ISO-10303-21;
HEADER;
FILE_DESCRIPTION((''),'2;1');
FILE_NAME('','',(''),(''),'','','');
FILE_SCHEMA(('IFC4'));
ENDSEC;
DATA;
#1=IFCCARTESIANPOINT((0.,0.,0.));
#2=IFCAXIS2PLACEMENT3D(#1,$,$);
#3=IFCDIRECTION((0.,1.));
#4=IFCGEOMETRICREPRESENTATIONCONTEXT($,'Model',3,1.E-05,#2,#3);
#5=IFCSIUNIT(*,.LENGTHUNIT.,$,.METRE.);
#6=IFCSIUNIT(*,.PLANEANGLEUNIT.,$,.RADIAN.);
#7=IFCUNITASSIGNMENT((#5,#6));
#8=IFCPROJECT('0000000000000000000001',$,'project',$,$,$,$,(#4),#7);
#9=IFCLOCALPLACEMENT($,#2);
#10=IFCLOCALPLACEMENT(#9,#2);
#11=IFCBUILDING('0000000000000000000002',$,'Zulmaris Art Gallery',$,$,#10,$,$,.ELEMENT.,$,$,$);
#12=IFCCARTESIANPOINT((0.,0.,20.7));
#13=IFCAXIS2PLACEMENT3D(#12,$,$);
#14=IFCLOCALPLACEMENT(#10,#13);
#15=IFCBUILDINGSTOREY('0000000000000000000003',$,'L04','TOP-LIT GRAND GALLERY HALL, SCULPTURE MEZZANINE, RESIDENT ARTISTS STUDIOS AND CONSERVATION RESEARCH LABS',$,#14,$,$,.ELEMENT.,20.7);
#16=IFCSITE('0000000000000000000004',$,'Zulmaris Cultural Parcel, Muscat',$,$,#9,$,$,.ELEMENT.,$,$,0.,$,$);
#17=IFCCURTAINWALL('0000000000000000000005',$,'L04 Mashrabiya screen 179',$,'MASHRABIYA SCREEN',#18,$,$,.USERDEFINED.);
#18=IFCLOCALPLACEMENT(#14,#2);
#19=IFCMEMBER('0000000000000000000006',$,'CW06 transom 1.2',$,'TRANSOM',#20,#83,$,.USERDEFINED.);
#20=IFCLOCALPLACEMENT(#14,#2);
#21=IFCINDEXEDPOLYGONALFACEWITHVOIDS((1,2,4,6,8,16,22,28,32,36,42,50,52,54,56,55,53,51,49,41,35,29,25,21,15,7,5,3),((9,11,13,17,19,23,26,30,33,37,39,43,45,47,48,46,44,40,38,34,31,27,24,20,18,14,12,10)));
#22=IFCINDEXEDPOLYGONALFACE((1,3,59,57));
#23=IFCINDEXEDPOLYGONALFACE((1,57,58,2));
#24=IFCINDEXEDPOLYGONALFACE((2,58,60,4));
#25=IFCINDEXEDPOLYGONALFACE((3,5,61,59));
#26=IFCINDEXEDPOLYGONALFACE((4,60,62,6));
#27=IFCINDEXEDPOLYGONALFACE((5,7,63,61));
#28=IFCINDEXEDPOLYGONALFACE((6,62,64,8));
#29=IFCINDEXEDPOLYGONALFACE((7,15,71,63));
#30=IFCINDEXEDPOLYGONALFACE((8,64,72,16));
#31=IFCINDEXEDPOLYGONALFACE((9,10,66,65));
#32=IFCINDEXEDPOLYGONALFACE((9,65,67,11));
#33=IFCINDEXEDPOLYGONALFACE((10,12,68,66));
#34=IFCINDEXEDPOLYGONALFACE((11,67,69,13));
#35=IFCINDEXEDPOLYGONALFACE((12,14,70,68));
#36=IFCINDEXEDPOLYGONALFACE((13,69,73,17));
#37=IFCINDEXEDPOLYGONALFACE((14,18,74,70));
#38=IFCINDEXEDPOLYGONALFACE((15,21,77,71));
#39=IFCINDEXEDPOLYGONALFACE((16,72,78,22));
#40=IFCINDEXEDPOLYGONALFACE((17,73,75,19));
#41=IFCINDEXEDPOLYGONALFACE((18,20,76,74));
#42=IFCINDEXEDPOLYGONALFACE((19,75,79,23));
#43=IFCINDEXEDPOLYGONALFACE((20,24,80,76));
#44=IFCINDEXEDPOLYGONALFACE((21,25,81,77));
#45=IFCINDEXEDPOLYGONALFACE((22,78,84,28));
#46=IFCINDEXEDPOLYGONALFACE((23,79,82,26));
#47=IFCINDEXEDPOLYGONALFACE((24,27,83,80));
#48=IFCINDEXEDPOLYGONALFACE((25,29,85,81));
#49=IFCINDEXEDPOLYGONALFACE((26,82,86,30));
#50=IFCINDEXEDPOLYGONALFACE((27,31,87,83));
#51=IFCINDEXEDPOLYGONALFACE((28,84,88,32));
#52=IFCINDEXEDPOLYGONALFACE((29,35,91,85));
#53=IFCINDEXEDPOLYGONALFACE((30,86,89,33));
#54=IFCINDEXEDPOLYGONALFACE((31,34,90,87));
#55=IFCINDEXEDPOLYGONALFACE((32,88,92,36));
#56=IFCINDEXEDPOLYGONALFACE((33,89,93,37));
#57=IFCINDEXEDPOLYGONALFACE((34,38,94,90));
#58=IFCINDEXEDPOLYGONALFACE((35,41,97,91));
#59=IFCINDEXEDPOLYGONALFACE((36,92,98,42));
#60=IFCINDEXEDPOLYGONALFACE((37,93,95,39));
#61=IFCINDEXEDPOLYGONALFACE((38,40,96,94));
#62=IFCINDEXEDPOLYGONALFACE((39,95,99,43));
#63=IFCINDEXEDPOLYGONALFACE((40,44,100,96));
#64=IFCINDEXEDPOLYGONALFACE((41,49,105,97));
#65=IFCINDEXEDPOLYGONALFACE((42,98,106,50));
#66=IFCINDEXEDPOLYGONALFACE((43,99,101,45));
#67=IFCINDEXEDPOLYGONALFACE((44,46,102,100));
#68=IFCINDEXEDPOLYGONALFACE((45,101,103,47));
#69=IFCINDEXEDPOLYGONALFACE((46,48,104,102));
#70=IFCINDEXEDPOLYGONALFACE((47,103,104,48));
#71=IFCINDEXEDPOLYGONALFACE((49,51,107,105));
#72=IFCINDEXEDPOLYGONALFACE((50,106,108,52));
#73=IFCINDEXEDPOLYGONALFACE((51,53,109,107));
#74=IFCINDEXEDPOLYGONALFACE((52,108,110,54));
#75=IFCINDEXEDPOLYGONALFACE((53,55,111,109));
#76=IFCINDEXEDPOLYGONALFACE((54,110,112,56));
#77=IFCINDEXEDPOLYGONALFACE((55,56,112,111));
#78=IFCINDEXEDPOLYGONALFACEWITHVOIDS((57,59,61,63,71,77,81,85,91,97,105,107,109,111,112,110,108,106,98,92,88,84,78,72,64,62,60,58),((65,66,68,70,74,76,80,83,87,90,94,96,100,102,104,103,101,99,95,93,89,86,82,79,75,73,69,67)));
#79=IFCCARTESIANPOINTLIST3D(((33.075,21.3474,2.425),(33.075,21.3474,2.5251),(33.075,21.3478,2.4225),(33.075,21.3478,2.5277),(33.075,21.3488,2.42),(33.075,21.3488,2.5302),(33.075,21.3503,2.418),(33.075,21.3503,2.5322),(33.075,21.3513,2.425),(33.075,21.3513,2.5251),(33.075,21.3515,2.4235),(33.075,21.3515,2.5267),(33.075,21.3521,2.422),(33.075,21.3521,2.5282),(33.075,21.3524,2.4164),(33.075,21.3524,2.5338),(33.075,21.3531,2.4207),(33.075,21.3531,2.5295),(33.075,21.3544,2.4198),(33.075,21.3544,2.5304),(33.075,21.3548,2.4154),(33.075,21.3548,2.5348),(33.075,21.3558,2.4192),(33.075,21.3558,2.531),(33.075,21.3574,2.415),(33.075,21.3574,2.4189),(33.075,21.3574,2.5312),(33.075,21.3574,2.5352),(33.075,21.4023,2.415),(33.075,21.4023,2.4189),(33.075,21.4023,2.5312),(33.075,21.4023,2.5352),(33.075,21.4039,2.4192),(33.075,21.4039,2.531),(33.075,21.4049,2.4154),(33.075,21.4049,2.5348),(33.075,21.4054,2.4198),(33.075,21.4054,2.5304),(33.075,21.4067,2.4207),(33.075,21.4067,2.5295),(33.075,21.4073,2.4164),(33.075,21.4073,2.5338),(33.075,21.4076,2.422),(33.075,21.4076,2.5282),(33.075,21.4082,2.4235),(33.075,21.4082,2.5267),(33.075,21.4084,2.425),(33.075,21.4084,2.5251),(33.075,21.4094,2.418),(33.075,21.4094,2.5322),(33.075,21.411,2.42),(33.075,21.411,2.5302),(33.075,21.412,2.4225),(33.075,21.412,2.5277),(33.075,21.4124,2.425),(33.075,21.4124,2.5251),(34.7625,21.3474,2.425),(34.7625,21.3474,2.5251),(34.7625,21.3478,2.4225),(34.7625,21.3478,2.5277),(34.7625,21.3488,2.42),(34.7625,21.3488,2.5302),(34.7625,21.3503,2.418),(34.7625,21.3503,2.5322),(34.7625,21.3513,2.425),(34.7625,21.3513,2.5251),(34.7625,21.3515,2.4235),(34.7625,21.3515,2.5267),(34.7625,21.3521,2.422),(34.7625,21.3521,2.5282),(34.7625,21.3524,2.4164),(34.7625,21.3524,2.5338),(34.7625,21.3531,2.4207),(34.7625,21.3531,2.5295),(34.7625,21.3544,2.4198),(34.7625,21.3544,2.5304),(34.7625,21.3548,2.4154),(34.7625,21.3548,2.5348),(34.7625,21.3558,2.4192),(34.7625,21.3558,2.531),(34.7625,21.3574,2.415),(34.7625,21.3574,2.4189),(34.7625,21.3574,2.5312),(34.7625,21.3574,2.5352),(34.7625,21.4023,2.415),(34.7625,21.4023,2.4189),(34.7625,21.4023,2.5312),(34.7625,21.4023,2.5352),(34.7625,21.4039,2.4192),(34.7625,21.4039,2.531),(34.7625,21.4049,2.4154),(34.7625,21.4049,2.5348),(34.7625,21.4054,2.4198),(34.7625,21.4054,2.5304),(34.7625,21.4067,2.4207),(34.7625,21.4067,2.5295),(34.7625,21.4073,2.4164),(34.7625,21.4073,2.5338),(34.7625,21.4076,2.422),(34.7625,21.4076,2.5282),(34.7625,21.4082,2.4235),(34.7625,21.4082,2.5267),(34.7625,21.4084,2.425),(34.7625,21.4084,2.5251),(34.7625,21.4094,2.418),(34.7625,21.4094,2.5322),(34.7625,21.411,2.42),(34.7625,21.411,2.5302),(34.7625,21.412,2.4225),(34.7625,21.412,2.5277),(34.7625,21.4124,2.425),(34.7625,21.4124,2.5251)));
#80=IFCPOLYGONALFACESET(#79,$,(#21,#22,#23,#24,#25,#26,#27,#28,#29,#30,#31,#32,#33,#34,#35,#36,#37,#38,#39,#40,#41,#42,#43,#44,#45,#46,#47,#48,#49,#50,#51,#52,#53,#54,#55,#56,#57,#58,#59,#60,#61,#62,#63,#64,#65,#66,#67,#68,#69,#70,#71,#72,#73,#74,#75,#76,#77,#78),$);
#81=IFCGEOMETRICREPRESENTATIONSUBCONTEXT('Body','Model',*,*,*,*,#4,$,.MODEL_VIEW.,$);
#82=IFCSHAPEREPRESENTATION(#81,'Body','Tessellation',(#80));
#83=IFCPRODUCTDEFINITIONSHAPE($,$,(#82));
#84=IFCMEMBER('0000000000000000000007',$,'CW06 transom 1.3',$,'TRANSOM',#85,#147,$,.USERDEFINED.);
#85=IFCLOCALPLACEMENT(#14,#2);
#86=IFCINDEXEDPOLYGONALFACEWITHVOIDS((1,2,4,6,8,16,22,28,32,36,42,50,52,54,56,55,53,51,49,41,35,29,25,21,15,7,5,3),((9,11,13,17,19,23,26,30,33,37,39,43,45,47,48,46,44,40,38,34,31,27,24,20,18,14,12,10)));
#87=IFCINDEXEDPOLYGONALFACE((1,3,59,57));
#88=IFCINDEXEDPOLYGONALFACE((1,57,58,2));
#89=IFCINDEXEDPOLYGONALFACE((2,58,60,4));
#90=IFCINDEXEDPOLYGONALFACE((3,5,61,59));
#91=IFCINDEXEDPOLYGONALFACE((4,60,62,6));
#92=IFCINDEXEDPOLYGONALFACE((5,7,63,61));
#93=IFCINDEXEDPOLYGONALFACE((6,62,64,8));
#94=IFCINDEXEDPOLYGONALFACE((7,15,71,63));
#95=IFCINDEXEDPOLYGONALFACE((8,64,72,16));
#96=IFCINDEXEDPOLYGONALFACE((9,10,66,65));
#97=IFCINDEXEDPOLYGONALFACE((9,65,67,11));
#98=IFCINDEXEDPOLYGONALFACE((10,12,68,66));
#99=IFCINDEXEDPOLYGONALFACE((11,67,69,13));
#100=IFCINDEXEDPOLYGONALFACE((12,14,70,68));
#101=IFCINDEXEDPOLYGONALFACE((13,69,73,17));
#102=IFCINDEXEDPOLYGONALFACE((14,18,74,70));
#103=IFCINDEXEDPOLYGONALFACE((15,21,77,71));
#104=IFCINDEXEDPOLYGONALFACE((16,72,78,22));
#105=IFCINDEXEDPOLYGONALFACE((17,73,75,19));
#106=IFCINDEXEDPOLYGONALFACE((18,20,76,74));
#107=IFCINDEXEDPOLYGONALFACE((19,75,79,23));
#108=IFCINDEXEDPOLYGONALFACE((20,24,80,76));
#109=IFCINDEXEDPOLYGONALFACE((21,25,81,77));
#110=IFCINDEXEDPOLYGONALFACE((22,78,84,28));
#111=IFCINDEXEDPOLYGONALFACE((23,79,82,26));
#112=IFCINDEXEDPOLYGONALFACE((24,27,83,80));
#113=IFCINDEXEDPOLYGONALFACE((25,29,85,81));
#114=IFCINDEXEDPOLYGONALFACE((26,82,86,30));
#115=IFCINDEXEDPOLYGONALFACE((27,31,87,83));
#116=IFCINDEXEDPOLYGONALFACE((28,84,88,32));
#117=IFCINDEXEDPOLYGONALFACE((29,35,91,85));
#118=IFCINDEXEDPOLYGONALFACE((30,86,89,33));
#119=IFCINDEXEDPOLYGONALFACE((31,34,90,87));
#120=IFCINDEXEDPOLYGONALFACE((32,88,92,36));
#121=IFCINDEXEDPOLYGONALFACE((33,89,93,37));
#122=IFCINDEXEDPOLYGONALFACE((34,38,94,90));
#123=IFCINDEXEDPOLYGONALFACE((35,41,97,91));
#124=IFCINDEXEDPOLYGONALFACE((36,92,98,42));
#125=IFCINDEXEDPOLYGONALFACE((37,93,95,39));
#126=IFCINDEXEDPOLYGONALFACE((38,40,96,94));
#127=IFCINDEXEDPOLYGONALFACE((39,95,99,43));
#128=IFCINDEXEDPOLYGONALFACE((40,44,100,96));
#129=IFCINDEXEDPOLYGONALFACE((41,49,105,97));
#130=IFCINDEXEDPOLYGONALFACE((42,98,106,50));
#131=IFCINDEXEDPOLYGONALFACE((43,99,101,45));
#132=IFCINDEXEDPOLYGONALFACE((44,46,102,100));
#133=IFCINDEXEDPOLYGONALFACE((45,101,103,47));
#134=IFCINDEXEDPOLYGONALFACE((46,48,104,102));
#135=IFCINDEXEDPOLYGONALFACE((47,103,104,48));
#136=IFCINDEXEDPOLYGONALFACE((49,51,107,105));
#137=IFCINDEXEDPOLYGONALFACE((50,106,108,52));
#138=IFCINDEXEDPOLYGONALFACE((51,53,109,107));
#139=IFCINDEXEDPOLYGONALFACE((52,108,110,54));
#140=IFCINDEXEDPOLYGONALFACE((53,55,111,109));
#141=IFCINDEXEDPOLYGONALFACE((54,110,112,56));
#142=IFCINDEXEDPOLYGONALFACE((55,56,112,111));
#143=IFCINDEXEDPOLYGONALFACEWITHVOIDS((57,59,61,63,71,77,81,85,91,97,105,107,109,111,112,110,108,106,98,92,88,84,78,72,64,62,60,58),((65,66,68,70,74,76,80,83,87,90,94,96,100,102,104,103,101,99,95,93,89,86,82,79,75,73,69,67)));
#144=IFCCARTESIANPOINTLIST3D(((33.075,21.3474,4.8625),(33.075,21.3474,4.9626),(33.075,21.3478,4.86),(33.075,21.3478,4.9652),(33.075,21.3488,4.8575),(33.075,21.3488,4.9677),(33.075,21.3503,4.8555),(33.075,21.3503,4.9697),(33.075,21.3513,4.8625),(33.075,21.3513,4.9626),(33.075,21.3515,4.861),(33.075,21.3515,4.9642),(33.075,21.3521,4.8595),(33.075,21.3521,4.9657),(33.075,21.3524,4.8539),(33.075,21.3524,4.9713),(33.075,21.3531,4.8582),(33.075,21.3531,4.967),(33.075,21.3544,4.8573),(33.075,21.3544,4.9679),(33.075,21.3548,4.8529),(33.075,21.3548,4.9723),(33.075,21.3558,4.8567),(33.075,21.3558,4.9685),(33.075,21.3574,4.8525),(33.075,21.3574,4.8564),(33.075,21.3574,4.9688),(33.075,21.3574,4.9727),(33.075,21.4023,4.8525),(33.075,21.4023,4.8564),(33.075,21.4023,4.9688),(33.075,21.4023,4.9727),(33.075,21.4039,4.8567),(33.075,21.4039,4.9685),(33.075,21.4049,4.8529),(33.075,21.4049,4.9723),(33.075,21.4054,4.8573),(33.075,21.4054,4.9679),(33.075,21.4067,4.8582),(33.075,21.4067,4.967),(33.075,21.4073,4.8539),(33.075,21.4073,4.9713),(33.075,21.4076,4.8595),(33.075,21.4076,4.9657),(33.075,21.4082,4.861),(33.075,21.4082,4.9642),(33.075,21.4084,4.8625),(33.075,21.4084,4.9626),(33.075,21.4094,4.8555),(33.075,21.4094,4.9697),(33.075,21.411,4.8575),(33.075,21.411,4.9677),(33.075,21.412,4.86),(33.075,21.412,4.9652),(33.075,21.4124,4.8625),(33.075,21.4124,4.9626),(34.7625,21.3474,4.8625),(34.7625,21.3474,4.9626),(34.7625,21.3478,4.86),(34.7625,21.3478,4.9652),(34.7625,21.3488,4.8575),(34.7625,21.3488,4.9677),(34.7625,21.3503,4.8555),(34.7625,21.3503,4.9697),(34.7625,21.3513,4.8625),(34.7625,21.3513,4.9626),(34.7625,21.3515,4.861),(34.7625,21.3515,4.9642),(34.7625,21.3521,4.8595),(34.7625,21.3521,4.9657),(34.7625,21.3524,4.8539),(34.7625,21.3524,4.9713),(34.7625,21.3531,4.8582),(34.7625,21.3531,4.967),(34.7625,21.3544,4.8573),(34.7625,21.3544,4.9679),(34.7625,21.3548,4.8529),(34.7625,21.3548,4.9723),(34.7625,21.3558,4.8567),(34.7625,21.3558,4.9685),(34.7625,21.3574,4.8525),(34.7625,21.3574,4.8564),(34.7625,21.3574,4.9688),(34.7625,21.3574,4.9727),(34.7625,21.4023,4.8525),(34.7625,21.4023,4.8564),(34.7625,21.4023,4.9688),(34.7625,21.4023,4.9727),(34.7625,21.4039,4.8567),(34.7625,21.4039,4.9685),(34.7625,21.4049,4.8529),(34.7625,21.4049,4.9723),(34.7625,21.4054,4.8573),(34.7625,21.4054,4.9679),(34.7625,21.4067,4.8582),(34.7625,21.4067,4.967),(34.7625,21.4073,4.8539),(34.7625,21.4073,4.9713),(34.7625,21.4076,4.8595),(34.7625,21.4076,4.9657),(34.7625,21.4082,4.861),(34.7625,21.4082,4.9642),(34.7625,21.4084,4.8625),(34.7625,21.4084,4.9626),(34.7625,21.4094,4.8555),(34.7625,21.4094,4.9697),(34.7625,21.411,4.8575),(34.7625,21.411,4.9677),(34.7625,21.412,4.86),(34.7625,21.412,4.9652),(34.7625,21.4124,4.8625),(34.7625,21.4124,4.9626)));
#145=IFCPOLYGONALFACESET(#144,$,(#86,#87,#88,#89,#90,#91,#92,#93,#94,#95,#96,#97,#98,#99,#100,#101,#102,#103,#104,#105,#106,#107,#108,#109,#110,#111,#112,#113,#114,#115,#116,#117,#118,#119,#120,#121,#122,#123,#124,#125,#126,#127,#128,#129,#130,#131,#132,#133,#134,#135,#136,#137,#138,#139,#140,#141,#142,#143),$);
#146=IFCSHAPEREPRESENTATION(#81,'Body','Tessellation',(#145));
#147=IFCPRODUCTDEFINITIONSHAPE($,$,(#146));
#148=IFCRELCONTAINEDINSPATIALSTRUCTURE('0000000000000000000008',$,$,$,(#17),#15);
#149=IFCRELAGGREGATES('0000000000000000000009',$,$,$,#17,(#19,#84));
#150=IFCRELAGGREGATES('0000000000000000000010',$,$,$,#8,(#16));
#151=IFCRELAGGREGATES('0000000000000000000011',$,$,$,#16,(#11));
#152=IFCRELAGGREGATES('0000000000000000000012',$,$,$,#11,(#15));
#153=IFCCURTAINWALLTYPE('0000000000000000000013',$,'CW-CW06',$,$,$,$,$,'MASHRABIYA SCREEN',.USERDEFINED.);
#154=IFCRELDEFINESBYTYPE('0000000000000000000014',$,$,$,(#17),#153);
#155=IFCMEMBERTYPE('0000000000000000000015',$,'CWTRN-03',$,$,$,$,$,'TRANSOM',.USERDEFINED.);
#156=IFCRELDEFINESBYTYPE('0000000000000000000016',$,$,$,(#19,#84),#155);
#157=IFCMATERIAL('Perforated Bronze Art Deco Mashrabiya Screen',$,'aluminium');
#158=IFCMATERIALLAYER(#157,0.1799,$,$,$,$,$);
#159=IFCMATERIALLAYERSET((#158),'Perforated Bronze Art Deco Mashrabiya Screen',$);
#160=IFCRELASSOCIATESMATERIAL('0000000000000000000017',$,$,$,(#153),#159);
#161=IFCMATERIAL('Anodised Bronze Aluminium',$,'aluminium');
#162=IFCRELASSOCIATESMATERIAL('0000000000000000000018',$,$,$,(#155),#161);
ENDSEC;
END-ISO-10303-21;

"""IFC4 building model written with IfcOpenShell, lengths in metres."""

from ifc_helpers import new_model, si_unit, direction, frame, origin, origin_2d, place, context, subcontext, project, spatial, hollow_rectangle, extrude, material, layer, layer_set, material_profile, profile_set, type_object, element, aggregate, save


model = new_model("IFC4")

# Units and contexts
model_context = context("Model", 3, precision=1e-05, world=origin(), true_north=direction((0.0, 1.0)))
body_context = subcontext(model_context, "Body", "Model", "MODEL_VIEW")
ifc_project = project(units=[si_unit("LENGTHUNIT", "METRE"), si_unit("PLANEANGLEUNIT", "RADIAN")], contexts=[model_context])

# Site, building, storey
site_placement = place(None, origin())
site = spatial("IfcSite", under=ifc_project, at=site_placement, Name="Zulmaris Cultural Parcel, Muscat", CompositionType="ELEMENT", RefElevation=0.0)
building_placement = place(site_placement, origin())
building = spatial("IfcBuilding", under=site, at=building_placement, Name="Zulmaris Art Gallery", CompositionType="ELEMENT")
storey_placement = place(building_placement, frame((0.0, 0.0, 20.7)))
storey = spatial("IfcBuildingStorey", under=building, at=storey_placement, Name="L04", Description="TOP-LIT GRAND GALLERY HALL, SCULPTURE MEZZANINE, RESIDENT ARTISTS STUDIOS AND CONSERVATION RESEARCH LABS", CompositionType="ELEMENT", Elevation=20.7)

# Shared definitions
ifc_material_1 = material(Name="Anodised Bronze Aluminium", Category="aluminium")
ifc_material_2 = material(Name="Perforated Bronze Art Deco Mashrabiya Screen", Category="aluminium")
ifc_layer_1 = layer(ifc_material_2, 0.1799)
ifc_layer_set_1 = layer_set([ifc_layer_1], Name="Perforated Bronze Art Deco Mashrabiya Screen")
curtain_wall_type_1 = type_object("IfcCurtainWallType", Name="CW-CW06", ElementType="MASHRABIYA SCREEN", PredefinedType="USERDEFINED", material=ifc_layer_set_1)

# Curtain wall, members
curtain_wall_1_placement = place(storey_placement, origin())
curtain_wall_1 = element("IfcCurtainWall", 1, at=curtain_wall_1_placement, inside=storey, type_object=curtain_wall_type_1, Name="L04 Mashrabiya screen 179", ObjectType="MASHRABIYA SCREEN", PredefinedType="USERDEFINED")
ifc_material_profile_1 = material_profile(ifc_material_1, hollow_rectangle(XDim=0.0649, YDim=0.1201, WallThickness=0.0039, InnerFilletRadius=0.0061, OuterFilletRadius=0.01, at=origin_2d()), Name="ALU 65x120x4")
ifc_profile_set_1 = profile_set([ifc_material_profile_1], Name="Anodised Bronze Aluminium")
member_type_1 = type_object("IfcMemberType", Name="CWTRN-03", ElementType="TRANSOM", PredefinedType="USERDEFINED", material=ifc_profile_set_1)
member_1_placement = place(storey_placement, frame((33.075, 21.3799, 2.4751), z_axis=(1.0, 0.0, 0.0), x_axis=(0.0, 1.0, 0.0)))
member_1 = element("IfcMember", 2, at=member_1_placement, type_object=member_type_1, Name="CW06 transom 1.2", ObjectType="TRANSOM", PredefinedType="USERDEFINED", context=body_context, shape_type="SweptSolid", body=[
    extrude(hollow_rectangle(XDim=0.0649, YDim=0.1201, WallThickness=0.0039, InnerFilletRadius=0.0061, OuterFilletRadius=0.01, at=origin_2d()), origin(), (0.0, 0.0, 1.0), 1.6875),
])
member_2_placement = place(storey_placement, frame((33.075, 21.3799, 4.9126), z_axis=(1.0, 0.0, 0.0), x_axis=(0.0, 1.0, 0.0)))
member_2 = element("IfcMember", 3, at=member_2_placement, type_object=member_type_1, Name="CW06 transom 1.3", ObjectType="TRANSOM", PredefinedType="USERDEFINED", context=body_context, shape_type="SweptSolid", body=[
    extrude(hollow_rectangle(XDim=0.0649, YDim=0.1201, WallThickness=0.0039, InnerFilletRadius=0.0061, OuterFilletRadius=0.01, at=origin_2d()), origin(), (0.0, 0.0, 1.0), 1.6875),
])

aggregate(curtain_wall_1, [member_1, member_2])

save(model, "model.ifc")
